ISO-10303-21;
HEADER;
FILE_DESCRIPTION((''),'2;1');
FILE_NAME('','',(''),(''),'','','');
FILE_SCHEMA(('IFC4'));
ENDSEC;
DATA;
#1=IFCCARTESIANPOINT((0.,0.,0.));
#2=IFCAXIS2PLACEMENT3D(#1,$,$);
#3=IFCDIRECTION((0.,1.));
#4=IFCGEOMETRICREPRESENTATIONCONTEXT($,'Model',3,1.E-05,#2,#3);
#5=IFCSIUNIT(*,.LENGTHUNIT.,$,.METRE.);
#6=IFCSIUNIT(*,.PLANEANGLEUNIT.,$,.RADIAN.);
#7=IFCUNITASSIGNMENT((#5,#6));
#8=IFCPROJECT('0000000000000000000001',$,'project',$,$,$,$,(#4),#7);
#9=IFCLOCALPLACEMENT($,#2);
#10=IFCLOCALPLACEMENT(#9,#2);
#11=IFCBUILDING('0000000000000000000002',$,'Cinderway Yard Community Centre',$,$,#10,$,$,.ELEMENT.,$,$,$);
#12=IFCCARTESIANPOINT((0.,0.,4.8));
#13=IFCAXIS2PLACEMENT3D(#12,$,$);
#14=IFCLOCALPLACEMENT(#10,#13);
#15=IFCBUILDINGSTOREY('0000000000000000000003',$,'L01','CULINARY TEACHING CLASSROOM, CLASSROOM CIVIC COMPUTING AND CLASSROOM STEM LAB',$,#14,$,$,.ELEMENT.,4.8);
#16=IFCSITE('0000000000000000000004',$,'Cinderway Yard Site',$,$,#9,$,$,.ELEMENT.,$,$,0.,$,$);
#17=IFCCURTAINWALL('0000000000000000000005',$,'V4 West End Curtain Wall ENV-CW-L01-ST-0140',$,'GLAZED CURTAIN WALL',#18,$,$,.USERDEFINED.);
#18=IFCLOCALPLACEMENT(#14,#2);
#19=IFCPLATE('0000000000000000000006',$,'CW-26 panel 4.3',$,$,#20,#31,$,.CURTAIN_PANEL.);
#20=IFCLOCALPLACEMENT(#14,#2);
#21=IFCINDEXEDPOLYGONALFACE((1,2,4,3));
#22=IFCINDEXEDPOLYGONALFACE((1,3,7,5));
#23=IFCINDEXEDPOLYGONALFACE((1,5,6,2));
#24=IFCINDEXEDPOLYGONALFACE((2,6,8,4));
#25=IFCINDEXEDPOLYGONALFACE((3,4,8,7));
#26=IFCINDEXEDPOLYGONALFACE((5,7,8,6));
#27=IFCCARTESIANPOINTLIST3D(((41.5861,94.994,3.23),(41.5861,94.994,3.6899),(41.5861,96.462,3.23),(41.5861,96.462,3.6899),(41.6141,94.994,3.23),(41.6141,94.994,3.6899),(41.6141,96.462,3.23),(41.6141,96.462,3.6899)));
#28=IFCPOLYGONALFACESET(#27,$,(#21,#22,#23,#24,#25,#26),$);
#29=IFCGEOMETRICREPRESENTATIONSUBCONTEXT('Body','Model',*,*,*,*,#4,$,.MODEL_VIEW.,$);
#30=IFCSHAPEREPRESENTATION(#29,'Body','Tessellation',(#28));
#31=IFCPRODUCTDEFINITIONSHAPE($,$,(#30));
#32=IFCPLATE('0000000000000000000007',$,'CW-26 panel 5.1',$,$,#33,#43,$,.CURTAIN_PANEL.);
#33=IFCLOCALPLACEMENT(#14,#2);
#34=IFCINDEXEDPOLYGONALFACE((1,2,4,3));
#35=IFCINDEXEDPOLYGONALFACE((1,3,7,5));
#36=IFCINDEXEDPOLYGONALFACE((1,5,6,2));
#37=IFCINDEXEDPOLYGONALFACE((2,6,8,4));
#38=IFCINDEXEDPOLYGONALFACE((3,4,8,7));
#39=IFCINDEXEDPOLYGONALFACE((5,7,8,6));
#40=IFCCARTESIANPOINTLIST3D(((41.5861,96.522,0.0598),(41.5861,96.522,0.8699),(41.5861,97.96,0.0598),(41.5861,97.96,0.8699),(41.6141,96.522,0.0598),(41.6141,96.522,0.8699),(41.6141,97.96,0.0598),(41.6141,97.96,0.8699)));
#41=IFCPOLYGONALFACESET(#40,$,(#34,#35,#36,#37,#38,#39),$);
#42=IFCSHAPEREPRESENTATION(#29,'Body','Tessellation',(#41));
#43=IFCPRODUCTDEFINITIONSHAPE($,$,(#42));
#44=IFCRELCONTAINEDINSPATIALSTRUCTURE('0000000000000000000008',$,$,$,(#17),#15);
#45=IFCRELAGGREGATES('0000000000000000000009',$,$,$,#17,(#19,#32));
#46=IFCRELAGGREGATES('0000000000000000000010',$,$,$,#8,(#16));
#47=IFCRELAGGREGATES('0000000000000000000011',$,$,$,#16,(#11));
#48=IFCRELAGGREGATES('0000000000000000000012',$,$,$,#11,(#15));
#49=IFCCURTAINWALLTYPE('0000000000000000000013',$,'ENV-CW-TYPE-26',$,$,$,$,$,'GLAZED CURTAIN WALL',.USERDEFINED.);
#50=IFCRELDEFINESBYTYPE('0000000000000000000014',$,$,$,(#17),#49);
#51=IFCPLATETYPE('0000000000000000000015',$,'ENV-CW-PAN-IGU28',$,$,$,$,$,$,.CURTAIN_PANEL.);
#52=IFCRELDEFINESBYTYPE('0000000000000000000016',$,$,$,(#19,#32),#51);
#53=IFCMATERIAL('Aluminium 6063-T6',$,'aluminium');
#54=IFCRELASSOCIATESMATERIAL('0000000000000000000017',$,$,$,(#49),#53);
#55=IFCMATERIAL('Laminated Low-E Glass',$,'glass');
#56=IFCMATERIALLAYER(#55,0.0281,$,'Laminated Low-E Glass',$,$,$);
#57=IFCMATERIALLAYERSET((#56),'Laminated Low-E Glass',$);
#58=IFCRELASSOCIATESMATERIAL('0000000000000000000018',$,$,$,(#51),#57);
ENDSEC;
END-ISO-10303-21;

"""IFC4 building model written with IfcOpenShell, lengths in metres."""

from ifc_helpers import new_model, si_unit, direction, frame, origin, origin_2d, place, context, subcontext, project, spatial, rectangle, extrude, material, layer, layer_set, type_object, element, aggregate, save


model = new_model("IFC4")

# Units and contexts
model_context = context("Model", 3, precision=1e-05, world=origin(), true_north=direction((0.0, 1.0)))
body_context = subcontext(model_context, "Body", "Model", "MODEL_VIEW")
ifc_project = project(units=[si_unit("LENGTHUNIT", "METRE"), si_unit("PLANEANGLEUNIT", "RADIAN")], contexts=[model_context])

# Site, building, storey
site_placement = place(None, origin())
site = spatial("IfcSite", under=ifc_project, at=site_placement, Name="Cinderway Yard Site", CompositionType="ELEMENT", RefElevation=0.0)
building_placement = place(site_placement, origin())
building = spatial("IfcBuilding", under=site, at=building_placement, Name="Cinderway Yard Community Centre", CompositionType="ELEMENT")
storey_placement = place(building_placement, frame((0.0, 0.0, 4.8)))
storey = spatial("IfcBuildingStorey", under=building, at=storey_placement, Name="L01", Description="CULINARY TEACHING CLASSROOM, CLASSROOM CIVIC COMPUTING AND CLASSROOM STEM LAB", CompositionType="ELEMENT", Elevation=4.8)

# Curtain wall, plates
ifc_material_1 = material(Name="Aluminium 6063-T6", Category="aluminium")
curtain_wall_type = type_object("IfcCurtainWallType", Name="ENV-CW-TYPE-26", ElementType="GLAZED CURTAIN WALL", PredefinedType="USERDEFINED", material=ifc_material_1)
curtain_wall_placement = place(storey_placement, origin())
curtain_wall = element("IfcCurtainWall", 1, at=curtain_wall_placement, inside=storey, type_object=curtain_wall_type, Name="V4 West End Curtain Wall ENV-CW-L01-ST-0140", ObjectType="GLAZED CURTAIN WALL", PredefinedType="USERDEFINED")
ifc_material_2 = material(Name="Laminated Low-E Glass", Category="glass")
ifc_layer = layer(ifc_material_2, 0.0281, Name="Laminated Low-E Glass")
ifc_layer_set = layer_set([ifc_layer], Name="Laminated Low-E Glass")
plate_type = type_object("IfcPlateType", Name="ENV-CW-PAN-IGU28", PredefinedType="CURTAIN_PANEL", material=ifc_layer_set)
plate_1_placement = place(storey_placement, frame((41.6001, 95.728, 3.23), z_axis=(0.0, 0.0, 1.0), x_axis=(0.0, 1.0, 0.0)))
plate_1 = element("IfcPlate", 2, at=plate_1_placement, type_object=plate_type, Name="CW-26 panel 4.3", PredefinedType="CURTAIN_PANEL", context=body_context, shape_type="SweptSolid", body=[
    extrude(rectangle(XDim=1.468, YDim=0.0281, at=origin_2d()), origin(), (0.0, 0.0, 1.0), 0.46),
])
plate_2_placement = place(storey_placement, frame((41.6001, 97.241, 0.0598), z_axis=(0.0, 0.0, 1.0), x_axis=(0.0, 1.0, 0.0)))
plate_2 = element("IfcPlate", 3, at=plate_2_placement, type_object=plate_type, Name="CW-26 panel 5.1", PredefinedType="CURTAIN_PANEL", context=body_context, shape_type="SweptSolid", body=[
    extrude(rectangle(XDim=1.438, YDim=0.0281, at=origin_2d()), origin(), (0.0, 0.0, 1.0), 0.8101),
])
aggregate(curtain_wall, [plate_1, plate_2])

save(model, "model.ifc")
